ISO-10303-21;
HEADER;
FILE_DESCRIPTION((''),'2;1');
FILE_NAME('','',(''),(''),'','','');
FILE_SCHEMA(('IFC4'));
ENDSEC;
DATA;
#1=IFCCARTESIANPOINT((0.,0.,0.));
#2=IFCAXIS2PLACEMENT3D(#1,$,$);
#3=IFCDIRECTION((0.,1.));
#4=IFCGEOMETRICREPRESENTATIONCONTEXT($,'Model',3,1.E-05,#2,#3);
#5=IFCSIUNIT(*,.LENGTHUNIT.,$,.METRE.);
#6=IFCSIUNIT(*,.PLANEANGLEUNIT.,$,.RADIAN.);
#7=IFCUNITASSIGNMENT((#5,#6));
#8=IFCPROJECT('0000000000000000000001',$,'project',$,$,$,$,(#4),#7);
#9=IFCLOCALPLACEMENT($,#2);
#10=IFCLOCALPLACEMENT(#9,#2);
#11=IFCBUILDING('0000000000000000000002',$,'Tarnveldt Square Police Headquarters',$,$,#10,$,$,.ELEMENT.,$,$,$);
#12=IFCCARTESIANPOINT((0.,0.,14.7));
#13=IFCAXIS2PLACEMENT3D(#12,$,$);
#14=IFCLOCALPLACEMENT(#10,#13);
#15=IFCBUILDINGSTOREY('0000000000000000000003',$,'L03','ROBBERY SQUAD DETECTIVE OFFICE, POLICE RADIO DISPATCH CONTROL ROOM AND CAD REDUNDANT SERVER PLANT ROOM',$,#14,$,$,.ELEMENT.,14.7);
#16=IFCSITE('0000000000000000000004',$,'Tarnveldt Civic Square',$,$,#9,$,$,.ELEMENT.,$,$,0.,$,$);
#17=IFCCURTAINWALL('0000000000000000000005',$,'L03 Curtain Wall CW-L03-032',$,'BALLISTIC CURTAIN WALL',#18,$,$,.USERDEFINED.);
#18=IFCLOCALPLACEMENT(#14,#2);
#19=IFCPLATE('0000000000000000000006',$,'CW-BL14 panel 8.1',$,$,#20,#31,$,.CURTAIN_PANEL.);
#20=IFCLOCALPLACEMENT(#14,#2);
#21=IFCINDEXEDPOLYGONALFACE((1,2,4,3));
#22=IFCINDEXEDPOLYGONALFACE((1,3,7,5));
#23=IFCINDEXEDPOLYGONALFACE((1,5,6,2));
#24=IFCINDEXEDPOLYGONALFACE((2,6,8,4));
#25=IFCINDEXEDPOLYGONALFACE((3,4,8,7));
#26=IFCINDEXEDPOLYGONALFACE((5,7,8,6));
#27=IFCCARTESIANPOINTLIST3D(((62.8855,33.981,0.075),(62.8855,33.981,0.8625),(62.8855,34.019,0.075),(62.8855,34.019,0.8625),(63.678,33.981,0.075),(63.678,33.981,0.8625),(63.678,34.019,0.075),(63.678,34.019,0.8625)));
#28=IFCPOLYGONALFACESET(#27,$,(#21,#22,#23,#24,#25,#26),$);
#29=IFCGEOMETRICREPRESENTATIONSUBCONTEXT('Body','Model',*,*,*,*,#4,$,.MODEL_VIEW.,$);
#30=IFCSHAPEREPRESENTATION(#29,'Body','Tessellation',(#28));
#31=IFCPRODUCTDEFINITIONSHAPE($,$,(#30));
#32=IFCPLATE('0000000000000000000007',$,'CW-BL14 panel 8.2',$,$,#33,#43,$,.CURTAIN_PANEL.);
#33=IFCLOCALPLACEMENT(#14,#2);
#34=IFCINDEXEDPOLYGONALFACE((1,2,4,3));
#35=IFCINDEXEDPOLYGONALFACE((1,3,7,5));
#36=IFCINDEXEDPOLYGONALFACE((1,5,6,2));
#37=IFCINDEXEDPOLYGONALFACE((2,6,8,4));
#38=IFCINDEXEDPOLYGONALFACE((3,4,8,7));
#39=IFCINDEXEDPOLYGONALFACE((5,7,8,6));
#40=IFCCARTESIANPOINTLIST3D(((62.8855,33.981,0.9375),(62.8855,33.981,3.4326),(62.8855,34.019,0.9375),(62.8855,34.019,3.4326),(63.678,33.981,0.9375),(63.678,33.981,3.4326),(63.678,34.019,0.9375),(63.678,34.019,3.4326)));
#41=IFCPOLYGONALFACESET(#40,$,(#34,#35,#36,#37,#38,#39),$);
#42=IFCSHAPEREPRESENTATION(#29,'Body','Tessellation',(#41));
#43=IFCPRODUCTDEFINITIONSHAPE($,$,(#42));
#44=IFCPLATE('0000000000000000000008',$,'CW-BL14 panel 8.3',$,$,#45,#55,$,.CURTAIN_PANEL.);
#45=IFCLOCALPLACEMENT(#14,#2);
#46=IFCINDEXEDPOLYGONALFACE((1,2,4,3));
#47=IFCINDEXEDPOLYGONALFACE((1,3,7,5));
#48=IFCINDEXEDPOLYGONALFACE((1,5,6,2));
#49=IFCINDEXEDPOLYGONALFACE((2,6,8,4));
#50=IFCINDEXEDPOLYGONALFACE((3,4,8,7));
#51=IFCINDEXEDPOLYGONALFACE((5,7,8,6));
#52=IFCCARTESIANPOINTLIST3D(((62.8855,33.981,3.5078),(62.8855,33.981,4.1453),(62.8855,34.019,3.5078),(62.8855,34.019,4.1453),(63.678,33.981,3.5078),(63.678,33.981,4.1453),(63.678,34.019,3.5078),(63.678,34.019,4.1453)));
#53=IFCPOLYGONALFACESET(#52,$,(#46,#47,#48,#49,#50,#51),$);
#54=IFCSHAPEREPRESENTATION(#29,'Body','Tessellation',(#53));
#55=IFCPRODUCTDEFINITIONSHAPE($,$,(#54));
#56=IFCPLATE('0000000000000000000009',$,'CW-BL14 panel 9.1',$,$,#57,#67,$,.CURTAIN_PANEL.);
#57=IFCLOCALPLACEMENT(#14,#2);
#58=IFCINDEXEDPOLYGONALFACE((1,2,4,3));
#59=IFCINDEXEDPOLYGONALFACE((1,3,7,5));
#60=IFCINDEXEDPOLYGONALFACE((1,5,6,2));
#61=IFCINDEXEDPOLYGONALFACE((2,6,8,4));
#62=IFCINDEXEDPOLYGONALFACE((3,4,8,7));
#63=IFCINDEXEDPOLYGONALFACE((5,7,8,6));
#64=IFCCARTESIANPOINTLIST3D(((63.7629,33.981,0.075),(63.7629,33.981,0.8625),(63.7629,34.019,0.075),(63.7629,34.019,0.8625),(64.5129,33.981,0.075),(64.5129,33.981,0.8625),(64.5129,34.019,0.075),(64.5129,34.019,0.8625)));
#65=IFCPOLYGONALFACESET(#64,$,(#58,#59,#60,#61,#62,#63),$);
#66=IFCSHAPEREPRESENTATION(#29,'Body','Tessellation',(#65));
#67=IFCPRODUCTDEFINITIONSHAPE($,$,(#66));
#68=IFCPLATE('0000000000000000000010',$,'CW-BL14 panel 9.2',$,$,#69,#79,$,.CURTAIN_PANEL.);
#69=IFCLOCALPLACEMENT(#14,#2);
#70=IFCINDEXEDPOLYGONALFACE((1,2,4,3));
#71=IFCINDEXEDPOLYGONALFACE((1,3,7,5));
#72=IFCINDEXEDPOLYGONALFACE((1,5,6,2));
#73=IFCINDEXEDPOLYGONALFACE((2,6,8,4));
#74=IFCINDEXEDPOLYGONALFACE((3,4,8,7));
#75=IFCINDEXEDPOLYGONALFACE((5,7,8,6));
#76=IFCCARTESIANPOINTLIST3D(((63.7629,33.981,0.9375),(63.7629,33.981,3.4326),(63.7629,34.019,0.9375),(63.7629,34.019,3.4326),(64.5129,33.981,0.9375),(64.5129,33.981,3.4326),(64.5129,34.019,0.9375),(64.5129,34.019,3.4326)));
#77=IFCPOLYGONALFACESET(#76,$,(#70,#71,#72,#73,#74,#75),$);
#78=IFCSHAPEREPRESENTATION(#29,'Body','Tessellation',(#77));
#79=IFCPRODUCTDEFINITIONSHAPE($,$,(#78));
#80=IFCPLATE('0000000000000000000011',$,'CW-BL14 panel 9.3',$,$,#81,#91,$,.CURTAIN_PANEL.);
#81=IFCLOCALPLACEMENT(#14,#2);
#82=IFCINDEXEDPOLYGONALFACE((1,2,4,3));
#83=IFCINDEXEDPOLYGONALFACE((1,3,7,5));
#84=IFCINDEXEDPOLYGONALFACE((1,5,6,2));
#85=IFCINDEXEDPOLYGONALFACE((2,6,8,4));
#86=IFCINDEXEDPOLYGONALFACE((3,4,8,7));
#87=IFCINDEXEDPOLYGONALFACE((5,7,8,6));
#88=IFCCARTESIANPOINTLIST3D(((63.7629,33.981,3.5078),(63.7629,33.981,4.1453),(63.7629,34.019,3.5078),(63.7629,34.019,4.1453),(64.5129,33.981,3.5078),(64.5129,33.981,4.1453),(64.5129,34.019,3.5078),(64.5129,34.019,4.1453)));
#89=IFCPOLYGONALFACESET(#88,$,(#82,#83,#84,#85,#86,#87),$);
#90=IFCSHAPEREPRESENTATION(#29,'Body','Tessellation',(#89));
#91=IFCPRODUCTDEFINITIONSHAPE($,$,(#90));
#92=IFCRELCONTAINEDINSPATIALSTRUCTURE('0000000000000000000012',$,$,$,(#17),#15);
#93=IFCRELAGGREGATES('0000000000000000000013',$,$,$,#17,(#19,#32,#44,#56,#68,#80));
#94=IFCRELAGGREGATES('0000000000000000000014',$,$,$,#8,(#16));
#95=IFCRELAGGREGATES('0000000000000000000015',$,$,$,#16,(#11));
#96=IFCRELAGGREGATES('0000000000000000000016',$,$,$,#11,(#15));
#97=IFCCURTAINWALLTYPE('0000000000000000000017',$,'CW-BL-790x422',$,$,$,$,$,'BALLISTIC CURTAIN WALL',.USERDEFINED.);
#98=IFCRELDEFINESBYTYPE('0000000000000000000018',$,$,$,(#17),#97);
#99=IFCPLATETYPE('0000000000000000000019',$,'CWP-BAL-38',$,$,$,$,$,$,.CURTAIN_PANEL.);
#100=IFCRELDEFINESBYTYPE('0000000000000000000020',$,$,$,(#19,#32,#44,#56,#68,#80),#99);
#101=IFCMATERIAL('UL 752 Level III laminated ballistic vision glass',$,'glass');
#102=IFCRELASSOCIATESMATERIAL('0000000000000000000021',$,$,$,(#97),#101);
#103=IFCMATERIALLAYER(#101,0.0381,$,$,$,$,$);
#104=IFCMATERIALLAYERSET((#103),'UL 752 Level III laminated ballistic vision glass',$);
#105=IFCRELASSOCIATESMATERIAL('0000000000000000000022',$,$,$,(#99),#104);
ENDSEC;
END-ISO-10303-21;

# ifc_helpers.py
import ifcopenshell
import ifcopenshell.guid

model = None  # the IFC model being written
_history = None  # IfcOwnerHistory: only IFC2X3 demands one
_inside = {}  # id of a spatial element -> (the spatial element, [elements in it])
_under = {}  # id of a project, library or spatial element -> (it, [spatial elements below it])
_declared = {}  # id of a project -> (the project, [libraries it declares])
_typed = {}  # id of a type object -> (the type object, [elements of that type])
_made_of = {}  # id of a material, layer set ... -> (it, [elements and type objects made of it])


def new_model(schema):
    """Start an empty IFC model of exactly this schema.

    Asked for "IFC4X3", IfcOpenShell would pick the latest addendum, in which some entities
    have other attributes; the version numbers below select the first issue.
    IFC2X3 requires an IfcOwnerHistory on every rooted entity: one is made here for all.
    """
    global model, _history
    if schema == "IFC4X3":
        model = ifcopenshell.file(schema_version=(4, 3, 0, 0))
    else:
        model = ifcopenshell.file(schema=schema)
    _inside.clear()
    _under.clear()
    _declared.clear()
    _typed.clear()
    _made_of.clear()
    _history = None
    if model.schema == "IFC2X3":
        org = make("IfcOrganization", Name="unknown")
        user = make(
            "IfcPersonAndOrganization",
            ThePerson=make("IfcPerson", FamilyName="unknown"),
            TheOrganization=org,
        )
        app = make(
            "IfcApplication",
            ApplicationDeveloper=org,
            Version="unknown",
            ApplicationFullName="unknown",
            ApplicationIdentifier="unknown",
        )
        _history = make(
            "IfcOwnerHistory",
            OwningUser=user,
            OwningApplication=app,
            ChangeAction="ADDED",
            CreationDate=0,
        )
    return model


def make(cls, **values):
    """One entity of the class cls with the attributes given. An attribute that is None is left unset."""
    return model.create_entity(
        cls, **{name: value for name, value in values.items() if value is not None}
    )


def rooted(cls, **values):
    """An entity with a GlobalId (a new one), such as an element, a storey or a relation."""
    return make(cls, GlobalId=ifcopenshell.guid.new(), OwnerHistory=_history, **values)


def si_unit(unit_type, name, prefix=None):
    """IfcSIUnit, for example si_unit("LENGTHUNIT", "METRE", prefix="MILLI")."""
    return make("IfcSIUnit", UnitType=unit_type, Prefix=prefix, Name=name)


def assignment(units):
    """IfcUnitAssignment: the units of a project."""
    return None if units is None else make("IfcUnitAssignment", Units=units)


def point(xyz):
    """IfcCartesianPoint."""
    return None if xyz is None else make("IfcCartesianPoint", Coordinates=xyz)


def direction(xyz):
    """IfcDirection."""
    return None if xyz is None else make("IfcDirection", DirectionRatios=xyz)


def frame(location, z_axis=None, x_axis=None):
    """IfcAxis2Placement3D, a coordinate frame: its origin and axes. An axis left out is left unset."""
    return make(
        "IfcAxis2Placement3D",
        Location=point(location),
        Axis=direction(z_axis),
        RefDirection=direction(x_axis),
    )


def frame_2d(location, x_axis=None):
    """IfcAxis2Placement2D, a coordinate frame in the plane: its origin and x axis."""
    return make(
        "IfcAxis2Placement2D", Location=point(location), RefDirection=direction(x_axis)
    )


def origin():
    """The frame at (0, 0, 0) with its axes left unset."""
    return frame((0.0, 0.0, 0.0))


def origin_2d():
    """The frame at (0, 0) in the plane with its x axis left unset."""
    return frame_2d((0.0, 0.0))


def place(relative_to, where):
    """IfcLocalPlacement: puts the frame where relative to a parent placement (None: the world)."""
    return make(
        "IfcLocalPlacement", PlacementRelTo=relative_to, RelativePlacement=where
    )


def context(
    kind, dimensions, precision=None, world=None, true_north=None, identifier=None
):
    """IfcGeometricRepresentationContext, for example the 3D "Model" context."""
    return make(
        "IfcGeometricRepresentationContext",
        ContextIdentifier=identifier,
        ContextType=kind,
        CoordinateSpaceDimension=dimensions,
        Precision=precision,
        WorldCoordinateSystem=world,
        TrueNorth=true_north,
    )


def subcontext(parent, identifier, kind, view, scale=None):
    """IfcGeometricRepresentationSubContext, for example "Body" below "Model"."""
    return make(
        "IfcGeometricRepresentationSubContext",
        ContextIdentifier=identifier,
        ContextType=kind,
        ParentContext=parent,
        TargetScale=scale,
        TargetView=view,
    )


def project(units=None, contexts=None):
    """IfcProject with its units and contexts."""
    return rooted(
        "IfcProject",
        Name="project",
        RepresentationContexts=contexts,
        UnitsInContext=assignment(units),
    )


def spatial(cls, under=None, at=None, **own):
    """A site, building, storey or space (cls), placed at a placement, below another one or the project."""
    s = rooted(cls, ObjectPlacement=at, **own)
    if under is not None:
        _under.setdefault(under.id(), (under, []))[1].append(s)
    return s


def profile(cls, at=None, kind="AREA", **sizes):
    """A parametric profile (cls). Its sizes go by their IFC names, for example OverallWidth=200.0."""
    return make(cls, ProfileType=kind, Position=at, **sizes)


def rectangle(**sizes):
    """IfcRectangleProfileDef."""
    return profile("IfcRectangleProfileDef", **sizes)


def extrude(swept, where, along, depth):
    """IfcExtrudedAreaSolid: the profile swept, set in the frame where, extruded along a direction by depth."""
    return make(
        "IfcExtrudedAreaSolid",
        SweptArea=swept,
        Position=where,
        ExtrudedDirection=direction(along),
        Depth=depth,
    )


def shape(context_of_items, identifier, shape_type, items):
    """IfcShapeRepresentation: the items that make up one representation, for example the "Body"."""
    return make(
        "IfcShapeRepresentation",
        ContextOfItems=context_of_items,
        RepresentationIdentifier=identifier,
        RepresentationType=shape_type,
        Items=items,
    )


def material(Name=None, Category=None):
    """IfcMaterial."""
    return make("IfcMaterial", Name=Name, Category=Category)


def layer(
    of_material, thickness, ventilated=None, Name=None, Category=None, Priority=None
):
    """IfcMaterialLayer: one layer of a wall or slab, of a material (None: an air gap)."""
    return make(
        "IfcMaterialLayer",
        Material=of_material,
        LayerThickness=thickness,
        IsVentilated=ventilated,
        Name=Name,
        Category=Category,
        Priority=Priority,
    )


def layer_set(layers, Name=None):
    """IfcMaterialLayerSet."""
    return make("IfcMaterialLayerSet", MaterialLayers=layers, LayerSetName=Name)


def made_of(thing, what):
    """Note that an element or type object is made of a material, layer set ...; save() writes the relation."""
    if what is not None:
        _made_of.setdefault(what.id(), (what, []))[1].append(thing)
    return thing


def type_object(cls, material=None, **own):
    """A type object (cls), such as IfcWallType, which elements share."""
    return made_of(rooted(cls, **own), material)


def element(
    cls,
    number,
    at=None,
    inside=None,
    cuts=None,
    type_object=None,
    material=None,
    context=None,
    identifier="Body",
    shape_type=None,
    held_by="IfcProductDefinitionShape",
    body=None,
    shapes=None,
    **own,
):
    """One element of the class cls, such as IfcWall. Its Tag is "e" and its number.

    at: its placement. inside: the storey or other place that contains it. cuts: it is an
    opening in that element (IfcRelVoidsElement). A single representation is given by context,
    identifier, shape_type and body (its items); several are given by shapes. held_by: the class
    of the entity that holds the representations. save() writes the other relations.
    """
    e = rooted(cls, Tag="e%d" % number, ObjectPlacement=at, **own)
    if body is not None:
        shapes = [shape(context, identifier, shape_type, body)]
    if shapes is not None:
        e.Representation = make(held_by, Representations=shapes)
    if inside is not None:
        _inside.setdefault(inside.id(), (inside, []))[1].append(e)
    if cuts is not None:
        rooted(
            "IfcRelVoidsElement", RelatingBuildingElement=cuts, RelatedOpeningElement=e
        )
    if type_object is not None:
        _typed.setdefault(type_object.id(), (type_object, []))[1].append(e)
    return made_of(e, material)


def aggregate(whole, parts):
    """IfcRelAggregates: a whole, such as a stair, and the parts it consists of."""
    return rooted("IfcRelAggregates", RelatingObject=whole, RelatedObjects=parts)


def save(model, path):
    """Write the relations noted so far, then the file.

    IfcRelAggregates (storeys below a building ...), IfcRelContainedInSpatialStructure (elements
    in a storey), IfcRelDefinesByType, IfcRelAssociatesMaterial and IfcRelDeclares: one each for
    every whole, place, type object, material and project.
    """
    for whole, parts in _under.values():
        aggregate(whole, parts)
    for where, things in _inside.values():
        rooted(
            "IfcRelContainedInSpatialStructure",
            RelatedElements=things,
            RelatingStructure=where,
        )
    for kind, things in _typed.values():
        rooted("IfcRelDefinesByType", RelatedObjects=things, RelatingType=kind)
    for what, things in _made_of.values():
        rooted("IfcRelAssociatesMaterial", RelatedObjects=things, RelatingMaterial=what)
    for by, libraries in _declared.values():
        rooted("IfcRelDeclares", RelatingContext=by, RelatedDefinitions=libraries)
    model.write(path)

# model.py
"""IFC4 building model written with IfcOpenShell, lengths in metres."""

from ifc_helpers import new_model, si_unit, direction, frame, origin, origin_2d, place, context, subcontext, project, spatial, rectangle, extrude, material, layer, layer_set, type_object, element, aggregate, save


model = new_model("IFC4")

# Units and contexts
model_context = context("Model", 3, precision=1e-05, world=origin(), true_north=direction((0.0, 1.0)))
body_context = subcontext(model_context, "Body", "Model", "MODEL_VIEW")
ifc_project = project(units=[si_unit("LENGTHUNIT", "METRE"), si_unit("PLANEANGLEUNIT", "RADIAN")], contexts=[model_context])

# Site, building, storey
site_placement = place(None, origin())
site = spatial("IfcSite", under=ifc_project, at=site_placement, Name="Tarnveldt Civic Square", CompositionType="ELEMENT", RefElevation=0.0)
building_placement = place(site_placement, origin())
building = spatial("IfcBuilding", under=site, at=building_placement, Name="Tarnveldt Square Police Headquarters", CompositionType="ELEMENT")
storey_placement = place(building_placement, frame((0.0, 0.0, 14.7)))
storey = spatial("IfcBuildingStorey", under=building, at=storey_placement, Name="L03", Description="ROBBERY SQUAD DETECTIVE OFFICE, POLICE RADIO DISPATCH CONTROL ROOM AND CAD REDUNDANT SERVER PLANT ROOM", CompositionType="ELEMENT", Elevation=14.7)

# Curtain wall, plates
ifc_material_1 = material(Name="UL 752 Level III laminated ballistic vision glass", Category="glass")
curtain_wall_type = type_object("IfcCurtainWallType", Name="CW-BL-790x422", ElementType="BALLISTIC CURTAIN WALL", PredefinedType="USERDEFINED", material=ifc_material_1)
curtain_wall_placement = place(storey_placement, origin())
curtain_wall = element("IfcCurtainWall", 1, at=curtain_wall_placement, inside=storey, type_object=curtain_wall_type, Name="L03 Curtain Wall CW-L03-032", ObjectType="BALLISTIC CURTAIN WALL", PredefinedType="USERDEFINED")
ifc_layer = layer(ifc_material_1, 0.0381)
ifc_layer_set = layer_set([ifc_layer], Name="UL 752 Level III laminated ballistic vision glass")
plate_type = type_object("IfcPlateType", Name="CWP-BAL-38", PredefinedType="CURTAIN_PANEL", material=ifc_layer_set)
plate_1_placement = place(storey_placement, frame((63.2817, 34.0, 0.075), z_axis=(0.0, 0.0, 1.0), x_axis=(1.0, 0.0, 0.0)))
plate_1 = element("IfcPlate", 2, at=plate_1_placement, type_object=plate_type, Name="CW-BL14 panel 8.1", PredefinedType="CURTAIN_PANEL", context=body_context, shape_type="SweptSolid", body=[
    extrude(rectangle(XDim=0.7925, YDim=0.0381, at=origin_2d()), origin(), (0.0, 0.0, 1.0), 0.7876),
])
plate_2_placement = place(storey_placement, frame((63.2817, 34.0, 0.9375), z_axis=(0.0, 0.0, 1.0), x_axis=(1.0, 0.0, 0.0)))
plate_2 = element("IfcPlate", 3, at=plate_2_placement, type_object=plate_type, Name="CW-BL14 panel 8.2", PredefinedType="CURTAIN_PANEL", context=body_context, shape_type="SweptSolid", body=[
    extrude(rectangle(XDim=0.7925, YDim=0.0381, at=origin_2d()), origin(), (0.0, 0.0, 1.0), 2.4951),
])
plate_3_placement = place(storey_placement, frame((63.2817, 34.0, 3.5078), z_axis=(0.0, 0.0, 1.0), x_axis=(1.0, 0.0, 0.0)))
plate_3 = element("IfcPlate", 4, at=plate_3_placement, type_object=plate_type, Name="CW-BL14 panel 8.3", PredefinedType="CURTAIN_PANEL", context=body_context, shape_type="SweptSolid", body=[
    extrude(rectangle(XDim=0.7925, YDim=0.0381, at=origin_2d()), origin(), (0.0, 0.0, 1.0), 0.6375),
])
plate_4_placement = place(storey_placement, frame((64.1379, 34.0, 0.075), z_axis=(0.0, 0.0, 1.0), x_axis=(1.0, 0.0, 0.0)))
plate_4 = element("IfcPlate", 5, at=plate_4_placement, type_object=plate_type, Name="CW-BL14 panel 9.1", PredefinedType="CURTAIN_PANEL", context=body_context, shape_type="SweptSolid", body=[
    extrude(rectangle(XDim=0.75, YDim=0.0381, at=origin_2d()), origin(), (0.0, 0.0, 1.0), 0.7876),
])
plate_5_placement = place(storey_placement, frame((64.1379, 34.0, 0.9375), z_axis=(0.0, 0.0, 1.0), x_axis=(1.0, 0.0, 0.0)))
plate_5 = element("IfcPlate", 6, at=plate_5_placement, type_object=plate_type, Name="CW-BL14 panel 9.2", PredefinedType="CURTAIN_PANEL", context=body_context, shape_type="SweptSolid", body=[
    extrude(rectangle(XDim=0.75, YDim=0.0381, at=origin_2d()), origin(), (0.0, 0.0, 1.0), 2.4951),
])
plate_6_placement = place(storey_placement, frame((64.1379, 34.0, 3.5078), z_axis=(0.0, 0.0, 1.0), x_axis=(1.0, 0.0, 0.0)))
plate_6 = element("IfcPlate", 7, at=plate_6_placement, type_object=plate_type, Name="CW-BL14 panel 9.3", PredefinedType="CURTAIN_PANEL", context=body_context, shape_type="SweptSolid", body=[
    extrude(rectangle(XDim=0.75, YDim=0.0381, at=origin_2d()), origin(), (0.0, 0.0, 1.0), 0.6375),
])
aggregate(curtain_wall, [plate_1, plate_2, plate_3, plate_4, plate_5, plate_6])

save(model, "model.ifc")
